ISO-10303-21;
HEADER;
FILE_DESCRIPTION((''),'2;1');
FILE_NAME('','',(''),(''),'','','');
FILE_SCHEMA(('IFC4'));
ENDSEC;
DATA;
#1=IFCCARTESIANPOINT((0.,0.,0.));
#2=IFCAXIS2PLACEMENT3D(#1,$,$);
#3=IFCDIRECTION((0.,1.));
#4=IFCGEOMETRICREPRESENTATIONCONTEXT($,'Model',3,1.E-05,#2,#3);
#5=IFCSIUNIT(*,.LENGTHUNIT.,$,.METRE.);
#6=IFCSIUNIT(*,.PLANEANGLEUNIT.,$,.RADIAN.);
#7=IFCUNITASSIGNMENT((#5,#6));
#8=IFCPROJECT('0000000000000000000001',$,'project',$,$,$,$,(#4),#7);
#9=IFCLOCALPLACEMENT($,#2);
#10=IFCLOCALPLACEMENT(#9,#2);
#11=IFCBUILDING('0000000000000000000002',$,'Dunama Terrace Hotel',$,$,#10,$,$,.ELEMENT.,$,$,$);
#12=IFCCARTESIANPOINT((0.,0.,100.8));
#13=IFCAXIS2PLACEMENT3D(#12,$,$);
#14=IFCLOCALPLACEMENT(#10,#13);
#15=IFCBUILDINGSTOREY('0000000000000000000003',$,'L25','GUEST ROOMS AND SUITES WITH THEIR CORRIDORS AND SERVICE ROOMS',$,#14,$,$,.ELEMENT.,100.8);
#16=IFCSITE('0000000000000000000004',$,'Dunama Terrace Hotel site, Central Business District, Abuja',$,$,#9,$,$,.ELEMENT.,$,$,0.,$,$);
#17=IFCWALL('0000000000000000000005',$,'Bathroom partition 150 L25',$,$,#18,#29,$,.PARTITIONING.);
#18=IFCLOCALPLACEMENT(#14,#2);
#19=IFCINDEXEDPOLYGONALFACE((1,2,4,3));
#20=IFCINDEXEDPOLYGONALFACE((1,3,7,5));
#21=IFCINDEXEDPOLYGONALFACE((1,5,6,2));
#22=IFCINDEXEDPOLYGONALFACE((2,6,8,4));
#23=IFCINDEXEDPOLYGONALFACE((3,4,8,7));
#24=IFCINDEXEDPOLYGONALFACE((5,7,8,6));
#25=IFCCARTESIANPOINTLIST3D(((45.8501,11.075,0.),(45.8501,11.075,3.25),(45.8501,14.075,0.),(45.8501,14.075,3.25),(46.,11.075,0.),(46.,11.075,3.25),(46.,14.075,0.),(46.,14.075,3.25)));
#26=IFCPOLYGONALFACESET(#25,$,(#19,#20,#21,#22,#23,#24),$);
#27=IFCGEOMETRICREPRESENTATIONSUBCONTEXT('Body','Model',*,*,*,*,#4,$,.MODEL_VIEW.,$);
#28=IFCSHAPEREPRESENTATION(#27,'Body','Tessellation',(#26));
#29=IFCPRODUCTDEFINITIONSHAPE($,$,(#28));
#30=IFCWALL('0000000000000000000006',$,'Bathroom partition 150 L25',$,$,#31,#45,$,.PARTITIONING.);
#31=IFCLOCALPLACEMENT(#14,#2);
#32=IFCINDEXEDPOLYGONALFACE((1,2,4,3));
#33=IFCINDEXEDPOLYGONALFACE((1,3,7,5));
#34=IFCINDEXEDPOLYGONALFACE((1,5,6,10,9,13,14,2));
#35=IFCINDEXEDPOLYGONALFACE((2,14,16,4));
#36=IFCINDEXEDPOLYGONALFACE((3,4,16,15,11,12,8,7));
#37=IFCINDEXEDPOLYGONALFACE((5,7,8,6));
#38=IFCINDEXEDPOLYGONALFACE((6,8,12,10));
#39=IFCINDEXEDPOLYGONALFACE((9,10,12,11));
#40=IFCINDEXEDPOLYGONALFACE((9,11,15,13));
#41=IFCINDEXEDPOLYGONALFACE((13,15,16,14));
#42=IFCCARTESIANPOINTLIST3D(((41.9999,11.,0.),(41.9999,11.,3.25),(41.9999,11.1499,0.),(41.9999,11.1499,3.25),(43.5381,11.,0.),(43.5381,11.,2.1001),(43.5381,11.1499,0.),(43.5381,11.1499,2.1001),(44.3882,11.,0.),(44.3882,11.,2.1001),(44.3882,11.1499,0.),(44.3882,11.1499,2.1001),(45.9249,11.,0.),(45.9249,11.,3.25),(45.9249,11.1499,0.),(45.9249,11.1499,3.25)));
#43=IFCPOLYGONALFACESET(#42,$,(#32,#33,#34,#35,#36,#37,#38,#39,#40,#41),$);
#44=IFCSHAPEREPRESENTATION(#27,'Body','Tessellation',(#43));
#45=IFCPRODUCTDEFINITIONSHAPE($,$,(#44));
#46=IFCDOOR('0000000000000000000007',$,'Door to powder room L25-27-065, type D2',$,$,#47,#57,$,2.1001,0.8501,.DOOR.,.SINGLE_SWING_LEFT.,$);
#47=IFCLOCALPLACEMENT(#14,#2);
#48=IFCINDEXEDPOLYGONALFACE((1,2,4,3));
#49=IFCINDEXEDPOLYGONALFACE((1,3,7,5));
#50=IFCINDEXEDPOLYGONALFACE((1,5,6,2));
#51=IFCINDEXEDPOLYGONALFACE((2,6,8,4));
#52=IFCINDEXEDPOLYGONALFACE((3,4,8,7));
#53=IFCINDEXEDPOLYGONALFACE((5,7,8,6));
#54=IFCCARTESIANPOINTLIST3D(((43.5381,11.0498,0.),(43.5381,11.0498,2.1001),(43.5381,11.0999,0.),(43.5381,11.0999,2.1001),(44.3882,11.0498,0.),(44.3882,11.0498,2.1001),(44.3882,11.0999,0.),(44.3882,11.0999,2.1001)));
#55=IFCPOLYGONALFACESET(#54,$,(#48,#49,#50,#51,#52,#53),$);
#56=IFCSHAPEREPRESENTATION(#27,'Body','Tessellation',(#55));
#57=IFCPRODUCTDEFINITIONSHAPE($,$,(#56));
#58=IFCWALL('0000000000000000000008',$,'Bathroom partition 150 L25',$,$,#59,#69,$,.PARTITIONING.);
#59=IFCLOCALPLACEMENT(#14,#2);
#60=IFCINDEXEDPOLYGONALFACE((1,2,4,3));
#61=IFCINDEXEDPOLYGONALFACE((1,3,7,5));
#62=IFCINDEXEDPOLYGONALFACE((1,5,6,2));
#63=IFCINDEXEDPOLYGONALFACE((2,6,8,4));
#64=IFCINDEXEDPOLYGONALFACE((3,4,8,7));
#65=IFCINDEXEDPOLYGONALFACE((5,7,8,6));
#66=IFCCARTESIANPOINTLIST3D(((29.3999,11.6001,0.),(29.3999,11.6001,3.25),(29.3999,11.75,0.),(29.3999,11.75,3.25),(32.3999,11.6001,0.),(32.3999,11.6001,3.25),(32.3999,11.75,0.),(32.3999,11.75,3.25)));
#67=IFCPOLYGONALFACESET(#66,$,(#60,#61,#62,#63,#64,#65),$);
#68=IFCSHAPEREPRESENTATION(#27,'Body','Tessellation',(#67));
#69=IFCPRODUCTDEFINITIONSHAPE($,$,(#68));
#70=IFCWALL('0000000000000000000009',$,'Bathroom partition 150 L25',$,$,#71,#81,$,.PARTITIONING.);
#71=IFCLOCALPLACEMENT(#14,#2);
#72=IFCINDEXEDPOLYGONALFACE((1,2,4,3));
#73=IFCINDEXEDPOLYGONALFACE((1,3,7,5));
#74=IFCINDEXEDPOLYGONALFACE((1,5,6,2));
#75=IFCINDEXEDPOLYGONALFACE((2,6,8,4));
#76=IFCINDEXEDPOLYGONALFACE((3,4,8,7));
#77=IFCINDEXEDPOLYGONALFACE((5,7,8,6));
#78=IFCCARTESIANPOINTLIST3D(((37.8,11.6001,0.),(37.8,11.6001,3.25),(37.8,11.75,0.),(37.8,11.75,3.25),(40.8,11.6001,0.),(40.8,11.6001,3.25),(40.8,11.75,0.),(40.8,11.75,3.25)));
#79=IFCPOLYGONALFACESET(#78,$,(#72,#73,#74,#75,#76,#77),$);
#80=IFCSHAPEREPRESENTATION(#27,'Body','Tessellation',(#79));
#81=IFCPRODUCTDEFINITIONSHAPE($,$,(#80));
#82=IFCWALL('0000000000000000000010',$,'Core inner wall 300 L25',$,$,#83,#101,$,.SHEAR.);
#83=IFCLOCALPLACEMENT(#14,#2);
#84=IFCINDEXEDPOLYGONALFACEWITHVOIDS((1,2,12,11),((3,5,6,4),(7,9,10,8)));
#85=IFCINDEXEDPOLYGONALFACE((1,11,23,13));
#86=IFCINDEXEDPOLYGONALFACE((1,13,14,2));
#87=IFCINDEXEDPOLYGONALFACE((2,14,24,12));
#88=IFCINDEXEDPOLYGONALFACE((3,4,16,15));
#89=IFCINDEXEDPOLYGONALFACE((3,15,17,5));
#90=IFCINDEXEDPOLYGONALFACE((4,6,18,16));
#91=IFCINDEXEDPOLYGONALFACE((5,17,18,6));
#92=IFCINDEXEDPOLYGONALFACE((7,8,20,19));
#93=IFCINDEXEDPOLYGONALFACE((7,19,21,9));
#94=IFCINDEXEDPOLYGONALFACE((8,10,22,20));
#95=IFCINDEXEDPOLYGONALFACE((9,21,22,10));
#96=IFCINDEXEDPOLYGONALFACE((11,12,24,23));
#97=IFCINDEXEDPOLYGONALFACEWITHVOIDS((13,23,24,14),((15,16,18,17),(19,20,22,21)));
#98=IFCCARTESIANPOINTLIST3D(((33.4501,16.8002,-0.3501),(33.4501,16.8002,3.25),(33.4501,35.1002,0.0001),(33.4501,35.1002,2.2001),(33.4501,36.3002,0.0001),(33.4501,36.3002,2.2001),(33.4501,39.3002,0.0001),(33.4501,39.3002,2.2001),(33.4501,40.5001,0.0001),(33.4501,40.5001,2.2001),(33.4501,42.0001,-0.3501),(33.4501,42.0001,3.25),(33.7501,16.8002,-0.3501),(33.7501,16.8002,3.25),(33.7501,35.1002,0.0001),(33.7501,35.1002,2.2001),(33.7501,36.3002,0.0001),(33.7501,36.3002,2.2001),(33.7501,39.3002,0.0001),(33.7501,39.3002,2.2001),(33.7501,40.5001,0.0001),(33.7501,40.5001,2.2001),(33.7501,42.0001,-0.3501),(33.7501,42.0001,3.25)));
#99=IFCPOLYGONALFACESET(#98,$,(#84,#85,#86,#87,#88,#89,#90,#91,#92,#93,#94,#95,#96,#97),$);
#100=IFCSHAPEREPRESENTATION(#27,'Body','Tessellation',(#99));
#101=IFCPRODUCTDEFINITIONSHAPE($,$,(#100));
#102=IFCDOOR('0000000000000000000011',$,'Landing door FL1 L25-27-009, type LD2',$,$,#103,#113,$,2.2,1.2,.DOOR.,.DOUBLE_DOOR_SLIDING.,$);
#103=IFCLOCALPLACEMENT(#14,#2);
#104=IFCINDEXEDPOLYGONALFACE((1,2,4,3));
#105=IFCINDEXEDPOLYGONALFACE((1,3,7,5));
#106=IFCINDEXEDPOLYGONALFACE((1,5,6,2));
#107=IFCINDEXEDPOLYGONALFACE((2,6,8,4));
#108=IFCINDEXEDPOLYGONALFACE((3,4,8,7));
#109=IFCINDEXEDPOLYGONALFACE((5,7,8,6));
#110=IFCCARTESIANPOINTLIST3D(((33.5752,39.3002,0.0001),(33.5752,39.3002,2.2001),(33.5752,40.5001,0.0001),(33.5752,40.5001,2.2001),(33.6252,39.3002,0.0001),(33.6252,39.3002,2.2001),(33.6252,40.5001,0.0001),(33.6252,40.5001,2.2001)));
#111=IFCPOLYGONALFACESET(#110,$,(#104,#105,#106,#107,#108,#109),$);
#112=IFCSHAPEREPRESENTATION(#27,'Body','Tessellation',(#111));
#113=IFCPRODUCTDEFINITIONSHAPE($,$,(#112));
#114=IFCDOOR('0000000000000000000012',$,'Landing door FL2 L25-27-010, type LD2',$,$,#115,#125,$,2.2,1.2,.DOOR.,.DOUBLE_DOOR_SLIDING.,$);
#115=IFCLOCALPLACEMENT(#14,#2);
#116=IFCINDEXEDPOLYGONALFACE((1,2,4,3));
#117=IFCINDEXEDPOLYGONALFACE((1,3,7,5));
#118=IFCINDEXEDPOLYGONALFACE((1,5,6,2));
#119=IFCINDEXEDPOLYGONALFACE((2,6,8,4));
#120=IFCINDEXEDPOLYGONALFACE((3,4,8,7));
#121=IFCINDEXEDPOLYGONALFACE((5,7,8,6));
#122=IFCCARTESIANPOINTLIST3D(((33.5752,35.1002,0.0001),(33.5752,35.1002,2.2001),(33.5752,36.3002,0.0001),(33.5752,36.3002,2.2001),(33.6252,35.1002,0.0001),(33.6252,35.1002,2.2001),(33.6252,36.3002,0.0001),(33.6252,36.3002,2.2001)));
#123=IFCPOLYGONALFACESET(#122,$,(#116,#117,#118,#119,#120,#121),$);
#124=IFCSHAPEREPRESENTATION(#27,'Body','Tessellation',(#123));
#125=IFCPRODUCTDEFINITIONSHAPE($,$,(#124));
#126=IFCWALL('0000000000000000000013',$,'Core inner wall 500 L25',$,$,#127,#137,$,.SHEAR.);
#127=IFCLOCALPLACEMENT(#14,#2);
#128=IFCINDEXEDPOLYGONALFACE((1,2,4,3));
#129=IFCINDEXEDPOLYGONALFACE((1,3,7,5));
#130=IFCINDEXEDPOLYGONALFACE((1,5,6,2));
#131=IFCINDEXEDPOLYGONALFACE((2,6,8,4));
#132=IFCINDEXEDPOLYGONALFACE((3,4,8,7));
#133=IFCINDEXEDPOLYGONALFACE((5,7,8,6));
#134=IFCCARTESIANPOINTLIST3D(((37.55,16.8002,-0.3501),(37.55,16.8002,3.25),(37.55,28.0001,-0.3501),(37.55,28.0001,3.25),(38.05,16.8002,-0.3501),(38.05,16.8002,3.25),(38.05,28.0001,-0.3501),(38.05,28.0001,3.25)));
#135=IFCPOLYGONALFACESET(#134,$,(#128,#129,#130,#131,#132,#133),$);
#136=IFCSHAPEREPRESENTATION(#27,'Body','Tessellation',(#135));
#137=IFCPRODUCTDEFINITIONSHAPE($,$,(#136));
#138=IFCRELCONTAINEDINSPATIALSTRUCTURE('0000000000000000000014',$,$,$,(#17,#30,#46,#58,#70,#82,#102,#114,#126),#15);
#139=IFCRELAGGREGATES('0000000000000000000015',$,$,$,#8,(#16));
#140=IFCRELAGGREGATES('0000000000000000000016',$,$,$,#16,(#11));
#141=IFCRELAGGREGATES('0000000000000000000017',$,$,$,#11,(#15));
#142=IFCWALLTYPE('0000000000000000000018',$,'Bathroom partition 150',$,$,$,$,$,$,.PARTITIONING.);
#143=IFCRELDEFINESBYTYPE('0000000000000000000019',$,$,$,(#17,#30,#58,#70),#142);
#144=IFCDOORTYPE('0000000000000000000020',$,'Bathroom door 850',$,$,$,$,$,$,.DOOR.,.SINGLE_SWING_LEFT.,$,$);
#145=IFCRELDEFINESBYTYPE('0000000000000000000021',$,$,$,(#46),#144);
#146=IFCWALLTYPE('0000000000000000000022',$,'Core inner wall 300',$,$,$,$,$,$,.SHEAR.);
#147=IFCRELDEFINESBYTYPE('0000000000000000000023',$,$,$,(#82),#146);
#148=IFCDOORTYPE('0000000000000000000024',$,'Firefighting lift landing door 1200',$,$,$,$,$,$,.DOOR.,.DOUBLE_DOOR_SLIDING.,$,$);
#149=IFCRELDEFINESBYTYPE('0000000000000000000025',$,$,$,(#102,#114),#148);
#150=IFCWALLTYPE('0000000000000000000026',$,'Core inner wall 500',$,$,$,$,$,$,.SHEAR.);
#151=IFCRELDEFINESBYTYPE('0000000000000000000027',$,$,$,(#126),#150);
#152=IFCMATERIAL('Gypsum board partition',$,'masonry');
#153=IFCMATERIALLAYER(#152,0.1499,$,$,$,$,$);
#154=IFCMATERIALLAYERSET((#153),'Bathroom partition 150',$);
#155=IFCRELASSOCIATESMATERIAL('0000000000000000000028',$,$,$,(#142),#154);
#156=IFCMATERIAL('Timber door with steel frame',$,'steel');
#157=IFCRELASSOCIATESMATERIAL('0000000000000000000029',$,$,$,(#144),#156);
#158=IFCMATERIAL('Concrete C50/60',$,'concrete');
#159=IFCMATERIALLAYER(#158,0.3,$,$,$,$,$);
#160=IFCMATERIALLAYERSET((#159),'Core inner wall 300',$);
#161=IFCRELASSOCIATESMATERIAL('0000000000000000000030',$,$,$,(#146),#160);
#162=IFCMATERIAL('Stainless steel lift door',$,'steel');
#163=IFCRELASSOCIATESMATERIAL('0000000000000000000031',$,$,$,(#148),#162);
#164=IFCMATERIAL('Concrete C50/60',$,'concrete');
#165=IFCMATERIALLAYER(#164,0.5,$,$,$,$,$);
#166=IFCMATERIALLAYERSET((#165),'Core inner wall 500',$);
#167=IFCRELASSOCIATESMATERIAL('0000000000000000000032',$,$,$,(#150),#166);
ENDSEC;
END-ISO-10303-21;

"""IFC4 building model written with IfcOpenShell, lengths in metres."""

from ifc_helpers import new_model, si_unit, direction, frame, frame_2d, origin, place, context, subcontext, project, spatial, rectangle, extrude, material, layer, layer_set, type_object, element, fill, save


model = new_model("IFC4")

# Units and contexts
model_context = context("Model", 3, precision=1e-05, world=origin(), true_north=direction((0.0, 1.0)))
body_context = subcontext(model_context, "Body", "Model", "MODEL_VIEW")
ifc_project = project(units=[si_unit("LENGTHUNIT", "METRE"), si_unit("PLANEANGLEUNIT", "RADIAN")], contexts=[model_context])

# Site, building, storey
site_placement = place(None, origin())
site = spatial("IfcSite", under=ifc_project, at=site_placement, Name="Dunama Terrace Hotel site, Central Business District, Abuja", CompositionType="ELEMENT", RefElevation=0.0)
building_placement = place(site_placement, origin())
building = spatial("IfcBuilding", under=site, at=building_placement, Name="Dunama Terrace Hotel", CompositionType="ELEMENT")
storey_placement = place(building_placement, frame((0.0, 0.0, 100.8)))
storey = spatial("IfcBuildingStorey", under=building, at=storey_placement, Name="L25", Description="GUEST ROOMS AND SUITES WITH THEIR CORRIDORS AND SERVICE ROOMS", CompositionType="ELEMENT", Elevation=100.8)

# Wall
ifc_material_1 = material(Name="Gypsum board partition", Category="masonry")
ifc_layer_1 = layer(ifc_material_1, 0.1499)
ifc_layer_set_1 = layer_set([ifc_layer_1], Name="Bathroom partition 150")
wall_type_1 = type_object("IfcWallType", Name="Bathroom partition 150", PredefinedType="PARTITIONING", material=ifc_layer_set_1)
wall_1_placement = place(storey_placement, frame((45.925, 11.075, 0.0), z_axis=(0.0, 0.0, 1.0), x_axis=(0.0, 1.0, 0.0)))
element("IfcWall", 1, at=wall_1_placement, inside=storey, type_object=wall_type_1, Name="Bathroom partition 150 L25", PredefinedType="PARTITIONING", context=body_context, shape_type="SweptSolid", body=[
    extrude(rectangle(XDim=3.0, YDim=0.1499, at=frame_2d((1.5, 0.0))), origin(), (0.0, 0.0, 1.0), 3.25),
])

# Wall, opening, door
wall_2_placement = place(storey_placement, frame((42.0, 11.075, 0.0), z_axis=(0.0, 0.0, 1.0), x_axis=(1.0, 0.0, 0.0)))
wall_2 = element("IfcWall", 2, at=wall_2_placement, inside=storey, type_object=wall_type_1, Name="Bathroom partition 150 L25", PredefinedType="PARTITIONING", context=body_context, shape_type="SweptSolid", body=[
    extrude(rectangle(XDim=3.925, YDim=0.1499, at=frame_2d((1.9624, 0.0))), origin(), (0.0, 0.0, 1.0), 3.25),
])
opening_1_placement = place(wall_2_placement, frame((1.5381, 0.0, 0.0)))
opening_1 = element("IfcOpeningElement", 3, at=opening_1_placement, cuts=wall_2, PredefinedType="OPENING", context=body_context, shape_type="SweptSolid", body=[
    extrude(rectangle(XDim=0.8501, YDim=2.1001, at=frame_2d((0.425, 1.05))), frame((0.0, 0.085, 0.0), z_axis=(0.0, -1.0, 0.0), x_axis=(1.0, 0.0, 0.0)), (0.0, 0.0, 1.0), 0.1699),
])
ifc_material_2 = material(Name="Timber door with steel frame", Category="steel")
door_type_1 = type_object("IfcDoorType", Name="Bathroom door 850", OperationType="SINGLE_SWING_LEFT", PredefinedType="DOOR", material=ifc_material_2)
door_1_placement = place(opening_1_placement, origin())
door_1 = element("IfcDoor", 4, at=door_1_placement, inside=storey, type_object=door_type_1, Name="Door to powder room L25-27-065, type D2", OperationType="SINGLE_SWING_LEFT", OverallHeight=2.1001, OverallWidth=0.8501, PredefinedType="DOOR", context=body_context, shape_type="SweptSolid", body=[
    extrude(rectangle(XDim=0.8501, YDim=2.1001, at=frame_2d((0.425, 1.05))), frame((0.0, 0.0249, 0.0), z_axis=(0.0, -1.0, 0.0), x_axis=(1.0, 0.0, 0.0)), (0.0, 0.0, 1.0), 0.05),
])
fill(opening_1, door_1)

# Walls
for number, where, z_axis, x_axis, name in (
    (5, (29.3999, 11.675, 0.0), (0.0, 0.0, 1.0), (1.0, 0.0, 0.0), "Bathroom partition 150 L25"),
    (6, (37.8, 11.675, 0.0), (0.0, 0.0, 1.0), (1.0, 0.0, 0.0), "Bathroom partition 150 L25"),
):
    element("IfcWall", number, at=place(storey_placement, frame(where, z_axis=z_axis, x_axis=x_axis)), inside=storey, type_object=wall_type_1, Name=name, PredefinedType="PARTITIONING", context=body_context, shape_type="SweptSolid", body=[
        extrude(rectangle(XDim=3.0, YDim=0.1499, at=frame_2d((1.5, 0.0))), origin(), (0.0, 0.0, 1.0), 3.25),
    ])

# Wall, openings, doors
ifc_material_3 = material(Name="Concrete C50/60", Category="concrete")
ifc_layer_2 = layer(ifc_material_3, 0.3)
ifc_layer_set_2 = layer_set([ifc_layer_2], Name="Core inner wall 300")
wall_type_2 = type_object("IfcWallType", Name="Core inner wall 300", PredefinedType="SHEAR", material=ifc_layer_set_2)
wall_3_placement = place(storey_placement, frame((33.6001, 16.8, -0.3501), z_axis=(0.0, 0.0, 1.0), x_axis=(0.0, 1.0, 0.0)))
wall_3 = element("IfcWall", 7, at=wall_3_placement, inside=storey, type_object=wall_type_2, Name="Core inner wall 300 L25", PredefinedType="SHEAR", context=body_context, shape_type="SweptSolid", body=[
    extrude(rectangle(XDim=25.2, YDim=0.3, at=frame_2d((12.6001, 0.0))), origin(), (0.0, 0.0, 1.0), 3.6001),
])
opening_2_placement = place(wall_3_placement, frame((22.5, 0.0, 0.3501)))
opening_2 = element("IfcOpeningElement", 8, at=opening_2_placement, cuts=wall_3, PredefinedType="OPENING", context=body_context, shape_type="SweptSolid", body=[
    extrude(rectangle(XDim=1.2, YDim=2.2, at=frame_2d((0.6001, 1.1001))), frame((0.0, 0.1599, 0.0), z_axis=(0.0, -1.0, 0.0), x_axis=(1.0, 0.0, 0.0)), (0.0, 0.0, 1.0), 0.3201),
])
opening_3_placement = place(wall_3_placement, frame((18.3, 0.0, 0.3501)))
opening_3 = element("IfcOpeningElement", 9, at=opening_3_placement, cuts=wall_3, PredefinedType="OPENING", context=body_context, shape_type="SweptSolid", body=[
    extrude(rectangle(XDim=1.2, YDim=2.2, at=frame_2d((0.6001, 1.1001))), frame((0.0, 0.1599, 0.0), z_axis=(0.0, -1.0, 0.0), x_axis=(1.0, 0.0, 0.0)), (0.0, 0.0, 1.0), 0.3201),
])
ifc_material_4 = material(Name="Stainless steel lift door", Category="steel")
door_type_2 = type_object("IfcDoorType", Name="Firefighting lift landing door 1200", OperationType="DOUBLE_DOOR_SLIDING", PredefinedType="DOOR", material=ifc_material_4)
door_2_placement = place(opening_2_placement, origin())
door_2 = element("IfcDoor", 10, at=door_2_placement, inside=storey, type_object=door_type_2, Name="Landing door FL1 L25-27-009, type LD2", OperationType="DOUBLE_DOOR_SLIDING", OverallHeight=2.2, OverallWidth=1.2, PredefinedType="DOOR", context=body_context, shape_type="SweptSolid", body=[
    extrude(rectangle(XDim=1.2, YDim=2.2, at=frame_2d((0.6001, 1.1001))), frame((0.0, 0.0249, 0.0), z_axis=(0.0, -1.0, 0.0), x_axis=(1.0, 0.0, 0.0)), (0.0, 0.0, 1.0), 0.05),
])
fill(opening_2, door_2)
door_3_placement = place(opening_3_placement, origin())
door_3 = element("IfcDoor", 11, at=door_3_placement, inside=storey, type_object=door_type_2, Name="Landing door FL2 L25-27-010, type LD2", OperationType="DOUBLE_DOOR_SLIDING", OverallHeight=2.2, OverallWidth=1.2, PredefinedType="DOOR", context=body_context, shape_type="SweptSolid", body=[
    extrude(rectangle(XDim=1.2, YDim=2.2, at=frame_2d((0.6001, 1.1001))), frame((0.0, 0.0249, 0.0), z_axis=(0.0, -1.0, 0.0), x_axis=(1.0, 0.0, 0.0)), (0.0, 0.0, 1.0), 0.05),
])
fill(opening_3, door_3)

# Wall
ifc_material_5 = material(Name="Concrete C50/60", Category="concrete")
ifc_layer_3 = layer(ifc_material_5, 0.5)
ifc_layer_set_3 = layer_set([ifc_layer_3], Name="Core inner wall 500")
wall_type_3 = type_object("IfcWallType", Name="Core inner wall 500", PredefinedType="SHEAR", material=ifc_layer_set_3)
wall_4_placement = place(storey_placement, frame((37.8, 16.8, -0.3501), z_axis=(0.0, 0.0, 1.0), x_axis=(0.0, 1.0, 0.0)))
element("IfcWall", 12, at=wall_4_placement, inside=storey, type_object=wall_type_3, Name="Core inner wall 500 L25", PredefinedType="SHEAR", context=body_context, shape_type="SweptSolid", body=[
    extrude(rectangle(XDim=11.2, YDim=0.5, at=frame_2d((5.6001, 0.0))), origin(), (0.0, 0.0, 1.0), 3.6001),
])

save(model, "model.ifc")
